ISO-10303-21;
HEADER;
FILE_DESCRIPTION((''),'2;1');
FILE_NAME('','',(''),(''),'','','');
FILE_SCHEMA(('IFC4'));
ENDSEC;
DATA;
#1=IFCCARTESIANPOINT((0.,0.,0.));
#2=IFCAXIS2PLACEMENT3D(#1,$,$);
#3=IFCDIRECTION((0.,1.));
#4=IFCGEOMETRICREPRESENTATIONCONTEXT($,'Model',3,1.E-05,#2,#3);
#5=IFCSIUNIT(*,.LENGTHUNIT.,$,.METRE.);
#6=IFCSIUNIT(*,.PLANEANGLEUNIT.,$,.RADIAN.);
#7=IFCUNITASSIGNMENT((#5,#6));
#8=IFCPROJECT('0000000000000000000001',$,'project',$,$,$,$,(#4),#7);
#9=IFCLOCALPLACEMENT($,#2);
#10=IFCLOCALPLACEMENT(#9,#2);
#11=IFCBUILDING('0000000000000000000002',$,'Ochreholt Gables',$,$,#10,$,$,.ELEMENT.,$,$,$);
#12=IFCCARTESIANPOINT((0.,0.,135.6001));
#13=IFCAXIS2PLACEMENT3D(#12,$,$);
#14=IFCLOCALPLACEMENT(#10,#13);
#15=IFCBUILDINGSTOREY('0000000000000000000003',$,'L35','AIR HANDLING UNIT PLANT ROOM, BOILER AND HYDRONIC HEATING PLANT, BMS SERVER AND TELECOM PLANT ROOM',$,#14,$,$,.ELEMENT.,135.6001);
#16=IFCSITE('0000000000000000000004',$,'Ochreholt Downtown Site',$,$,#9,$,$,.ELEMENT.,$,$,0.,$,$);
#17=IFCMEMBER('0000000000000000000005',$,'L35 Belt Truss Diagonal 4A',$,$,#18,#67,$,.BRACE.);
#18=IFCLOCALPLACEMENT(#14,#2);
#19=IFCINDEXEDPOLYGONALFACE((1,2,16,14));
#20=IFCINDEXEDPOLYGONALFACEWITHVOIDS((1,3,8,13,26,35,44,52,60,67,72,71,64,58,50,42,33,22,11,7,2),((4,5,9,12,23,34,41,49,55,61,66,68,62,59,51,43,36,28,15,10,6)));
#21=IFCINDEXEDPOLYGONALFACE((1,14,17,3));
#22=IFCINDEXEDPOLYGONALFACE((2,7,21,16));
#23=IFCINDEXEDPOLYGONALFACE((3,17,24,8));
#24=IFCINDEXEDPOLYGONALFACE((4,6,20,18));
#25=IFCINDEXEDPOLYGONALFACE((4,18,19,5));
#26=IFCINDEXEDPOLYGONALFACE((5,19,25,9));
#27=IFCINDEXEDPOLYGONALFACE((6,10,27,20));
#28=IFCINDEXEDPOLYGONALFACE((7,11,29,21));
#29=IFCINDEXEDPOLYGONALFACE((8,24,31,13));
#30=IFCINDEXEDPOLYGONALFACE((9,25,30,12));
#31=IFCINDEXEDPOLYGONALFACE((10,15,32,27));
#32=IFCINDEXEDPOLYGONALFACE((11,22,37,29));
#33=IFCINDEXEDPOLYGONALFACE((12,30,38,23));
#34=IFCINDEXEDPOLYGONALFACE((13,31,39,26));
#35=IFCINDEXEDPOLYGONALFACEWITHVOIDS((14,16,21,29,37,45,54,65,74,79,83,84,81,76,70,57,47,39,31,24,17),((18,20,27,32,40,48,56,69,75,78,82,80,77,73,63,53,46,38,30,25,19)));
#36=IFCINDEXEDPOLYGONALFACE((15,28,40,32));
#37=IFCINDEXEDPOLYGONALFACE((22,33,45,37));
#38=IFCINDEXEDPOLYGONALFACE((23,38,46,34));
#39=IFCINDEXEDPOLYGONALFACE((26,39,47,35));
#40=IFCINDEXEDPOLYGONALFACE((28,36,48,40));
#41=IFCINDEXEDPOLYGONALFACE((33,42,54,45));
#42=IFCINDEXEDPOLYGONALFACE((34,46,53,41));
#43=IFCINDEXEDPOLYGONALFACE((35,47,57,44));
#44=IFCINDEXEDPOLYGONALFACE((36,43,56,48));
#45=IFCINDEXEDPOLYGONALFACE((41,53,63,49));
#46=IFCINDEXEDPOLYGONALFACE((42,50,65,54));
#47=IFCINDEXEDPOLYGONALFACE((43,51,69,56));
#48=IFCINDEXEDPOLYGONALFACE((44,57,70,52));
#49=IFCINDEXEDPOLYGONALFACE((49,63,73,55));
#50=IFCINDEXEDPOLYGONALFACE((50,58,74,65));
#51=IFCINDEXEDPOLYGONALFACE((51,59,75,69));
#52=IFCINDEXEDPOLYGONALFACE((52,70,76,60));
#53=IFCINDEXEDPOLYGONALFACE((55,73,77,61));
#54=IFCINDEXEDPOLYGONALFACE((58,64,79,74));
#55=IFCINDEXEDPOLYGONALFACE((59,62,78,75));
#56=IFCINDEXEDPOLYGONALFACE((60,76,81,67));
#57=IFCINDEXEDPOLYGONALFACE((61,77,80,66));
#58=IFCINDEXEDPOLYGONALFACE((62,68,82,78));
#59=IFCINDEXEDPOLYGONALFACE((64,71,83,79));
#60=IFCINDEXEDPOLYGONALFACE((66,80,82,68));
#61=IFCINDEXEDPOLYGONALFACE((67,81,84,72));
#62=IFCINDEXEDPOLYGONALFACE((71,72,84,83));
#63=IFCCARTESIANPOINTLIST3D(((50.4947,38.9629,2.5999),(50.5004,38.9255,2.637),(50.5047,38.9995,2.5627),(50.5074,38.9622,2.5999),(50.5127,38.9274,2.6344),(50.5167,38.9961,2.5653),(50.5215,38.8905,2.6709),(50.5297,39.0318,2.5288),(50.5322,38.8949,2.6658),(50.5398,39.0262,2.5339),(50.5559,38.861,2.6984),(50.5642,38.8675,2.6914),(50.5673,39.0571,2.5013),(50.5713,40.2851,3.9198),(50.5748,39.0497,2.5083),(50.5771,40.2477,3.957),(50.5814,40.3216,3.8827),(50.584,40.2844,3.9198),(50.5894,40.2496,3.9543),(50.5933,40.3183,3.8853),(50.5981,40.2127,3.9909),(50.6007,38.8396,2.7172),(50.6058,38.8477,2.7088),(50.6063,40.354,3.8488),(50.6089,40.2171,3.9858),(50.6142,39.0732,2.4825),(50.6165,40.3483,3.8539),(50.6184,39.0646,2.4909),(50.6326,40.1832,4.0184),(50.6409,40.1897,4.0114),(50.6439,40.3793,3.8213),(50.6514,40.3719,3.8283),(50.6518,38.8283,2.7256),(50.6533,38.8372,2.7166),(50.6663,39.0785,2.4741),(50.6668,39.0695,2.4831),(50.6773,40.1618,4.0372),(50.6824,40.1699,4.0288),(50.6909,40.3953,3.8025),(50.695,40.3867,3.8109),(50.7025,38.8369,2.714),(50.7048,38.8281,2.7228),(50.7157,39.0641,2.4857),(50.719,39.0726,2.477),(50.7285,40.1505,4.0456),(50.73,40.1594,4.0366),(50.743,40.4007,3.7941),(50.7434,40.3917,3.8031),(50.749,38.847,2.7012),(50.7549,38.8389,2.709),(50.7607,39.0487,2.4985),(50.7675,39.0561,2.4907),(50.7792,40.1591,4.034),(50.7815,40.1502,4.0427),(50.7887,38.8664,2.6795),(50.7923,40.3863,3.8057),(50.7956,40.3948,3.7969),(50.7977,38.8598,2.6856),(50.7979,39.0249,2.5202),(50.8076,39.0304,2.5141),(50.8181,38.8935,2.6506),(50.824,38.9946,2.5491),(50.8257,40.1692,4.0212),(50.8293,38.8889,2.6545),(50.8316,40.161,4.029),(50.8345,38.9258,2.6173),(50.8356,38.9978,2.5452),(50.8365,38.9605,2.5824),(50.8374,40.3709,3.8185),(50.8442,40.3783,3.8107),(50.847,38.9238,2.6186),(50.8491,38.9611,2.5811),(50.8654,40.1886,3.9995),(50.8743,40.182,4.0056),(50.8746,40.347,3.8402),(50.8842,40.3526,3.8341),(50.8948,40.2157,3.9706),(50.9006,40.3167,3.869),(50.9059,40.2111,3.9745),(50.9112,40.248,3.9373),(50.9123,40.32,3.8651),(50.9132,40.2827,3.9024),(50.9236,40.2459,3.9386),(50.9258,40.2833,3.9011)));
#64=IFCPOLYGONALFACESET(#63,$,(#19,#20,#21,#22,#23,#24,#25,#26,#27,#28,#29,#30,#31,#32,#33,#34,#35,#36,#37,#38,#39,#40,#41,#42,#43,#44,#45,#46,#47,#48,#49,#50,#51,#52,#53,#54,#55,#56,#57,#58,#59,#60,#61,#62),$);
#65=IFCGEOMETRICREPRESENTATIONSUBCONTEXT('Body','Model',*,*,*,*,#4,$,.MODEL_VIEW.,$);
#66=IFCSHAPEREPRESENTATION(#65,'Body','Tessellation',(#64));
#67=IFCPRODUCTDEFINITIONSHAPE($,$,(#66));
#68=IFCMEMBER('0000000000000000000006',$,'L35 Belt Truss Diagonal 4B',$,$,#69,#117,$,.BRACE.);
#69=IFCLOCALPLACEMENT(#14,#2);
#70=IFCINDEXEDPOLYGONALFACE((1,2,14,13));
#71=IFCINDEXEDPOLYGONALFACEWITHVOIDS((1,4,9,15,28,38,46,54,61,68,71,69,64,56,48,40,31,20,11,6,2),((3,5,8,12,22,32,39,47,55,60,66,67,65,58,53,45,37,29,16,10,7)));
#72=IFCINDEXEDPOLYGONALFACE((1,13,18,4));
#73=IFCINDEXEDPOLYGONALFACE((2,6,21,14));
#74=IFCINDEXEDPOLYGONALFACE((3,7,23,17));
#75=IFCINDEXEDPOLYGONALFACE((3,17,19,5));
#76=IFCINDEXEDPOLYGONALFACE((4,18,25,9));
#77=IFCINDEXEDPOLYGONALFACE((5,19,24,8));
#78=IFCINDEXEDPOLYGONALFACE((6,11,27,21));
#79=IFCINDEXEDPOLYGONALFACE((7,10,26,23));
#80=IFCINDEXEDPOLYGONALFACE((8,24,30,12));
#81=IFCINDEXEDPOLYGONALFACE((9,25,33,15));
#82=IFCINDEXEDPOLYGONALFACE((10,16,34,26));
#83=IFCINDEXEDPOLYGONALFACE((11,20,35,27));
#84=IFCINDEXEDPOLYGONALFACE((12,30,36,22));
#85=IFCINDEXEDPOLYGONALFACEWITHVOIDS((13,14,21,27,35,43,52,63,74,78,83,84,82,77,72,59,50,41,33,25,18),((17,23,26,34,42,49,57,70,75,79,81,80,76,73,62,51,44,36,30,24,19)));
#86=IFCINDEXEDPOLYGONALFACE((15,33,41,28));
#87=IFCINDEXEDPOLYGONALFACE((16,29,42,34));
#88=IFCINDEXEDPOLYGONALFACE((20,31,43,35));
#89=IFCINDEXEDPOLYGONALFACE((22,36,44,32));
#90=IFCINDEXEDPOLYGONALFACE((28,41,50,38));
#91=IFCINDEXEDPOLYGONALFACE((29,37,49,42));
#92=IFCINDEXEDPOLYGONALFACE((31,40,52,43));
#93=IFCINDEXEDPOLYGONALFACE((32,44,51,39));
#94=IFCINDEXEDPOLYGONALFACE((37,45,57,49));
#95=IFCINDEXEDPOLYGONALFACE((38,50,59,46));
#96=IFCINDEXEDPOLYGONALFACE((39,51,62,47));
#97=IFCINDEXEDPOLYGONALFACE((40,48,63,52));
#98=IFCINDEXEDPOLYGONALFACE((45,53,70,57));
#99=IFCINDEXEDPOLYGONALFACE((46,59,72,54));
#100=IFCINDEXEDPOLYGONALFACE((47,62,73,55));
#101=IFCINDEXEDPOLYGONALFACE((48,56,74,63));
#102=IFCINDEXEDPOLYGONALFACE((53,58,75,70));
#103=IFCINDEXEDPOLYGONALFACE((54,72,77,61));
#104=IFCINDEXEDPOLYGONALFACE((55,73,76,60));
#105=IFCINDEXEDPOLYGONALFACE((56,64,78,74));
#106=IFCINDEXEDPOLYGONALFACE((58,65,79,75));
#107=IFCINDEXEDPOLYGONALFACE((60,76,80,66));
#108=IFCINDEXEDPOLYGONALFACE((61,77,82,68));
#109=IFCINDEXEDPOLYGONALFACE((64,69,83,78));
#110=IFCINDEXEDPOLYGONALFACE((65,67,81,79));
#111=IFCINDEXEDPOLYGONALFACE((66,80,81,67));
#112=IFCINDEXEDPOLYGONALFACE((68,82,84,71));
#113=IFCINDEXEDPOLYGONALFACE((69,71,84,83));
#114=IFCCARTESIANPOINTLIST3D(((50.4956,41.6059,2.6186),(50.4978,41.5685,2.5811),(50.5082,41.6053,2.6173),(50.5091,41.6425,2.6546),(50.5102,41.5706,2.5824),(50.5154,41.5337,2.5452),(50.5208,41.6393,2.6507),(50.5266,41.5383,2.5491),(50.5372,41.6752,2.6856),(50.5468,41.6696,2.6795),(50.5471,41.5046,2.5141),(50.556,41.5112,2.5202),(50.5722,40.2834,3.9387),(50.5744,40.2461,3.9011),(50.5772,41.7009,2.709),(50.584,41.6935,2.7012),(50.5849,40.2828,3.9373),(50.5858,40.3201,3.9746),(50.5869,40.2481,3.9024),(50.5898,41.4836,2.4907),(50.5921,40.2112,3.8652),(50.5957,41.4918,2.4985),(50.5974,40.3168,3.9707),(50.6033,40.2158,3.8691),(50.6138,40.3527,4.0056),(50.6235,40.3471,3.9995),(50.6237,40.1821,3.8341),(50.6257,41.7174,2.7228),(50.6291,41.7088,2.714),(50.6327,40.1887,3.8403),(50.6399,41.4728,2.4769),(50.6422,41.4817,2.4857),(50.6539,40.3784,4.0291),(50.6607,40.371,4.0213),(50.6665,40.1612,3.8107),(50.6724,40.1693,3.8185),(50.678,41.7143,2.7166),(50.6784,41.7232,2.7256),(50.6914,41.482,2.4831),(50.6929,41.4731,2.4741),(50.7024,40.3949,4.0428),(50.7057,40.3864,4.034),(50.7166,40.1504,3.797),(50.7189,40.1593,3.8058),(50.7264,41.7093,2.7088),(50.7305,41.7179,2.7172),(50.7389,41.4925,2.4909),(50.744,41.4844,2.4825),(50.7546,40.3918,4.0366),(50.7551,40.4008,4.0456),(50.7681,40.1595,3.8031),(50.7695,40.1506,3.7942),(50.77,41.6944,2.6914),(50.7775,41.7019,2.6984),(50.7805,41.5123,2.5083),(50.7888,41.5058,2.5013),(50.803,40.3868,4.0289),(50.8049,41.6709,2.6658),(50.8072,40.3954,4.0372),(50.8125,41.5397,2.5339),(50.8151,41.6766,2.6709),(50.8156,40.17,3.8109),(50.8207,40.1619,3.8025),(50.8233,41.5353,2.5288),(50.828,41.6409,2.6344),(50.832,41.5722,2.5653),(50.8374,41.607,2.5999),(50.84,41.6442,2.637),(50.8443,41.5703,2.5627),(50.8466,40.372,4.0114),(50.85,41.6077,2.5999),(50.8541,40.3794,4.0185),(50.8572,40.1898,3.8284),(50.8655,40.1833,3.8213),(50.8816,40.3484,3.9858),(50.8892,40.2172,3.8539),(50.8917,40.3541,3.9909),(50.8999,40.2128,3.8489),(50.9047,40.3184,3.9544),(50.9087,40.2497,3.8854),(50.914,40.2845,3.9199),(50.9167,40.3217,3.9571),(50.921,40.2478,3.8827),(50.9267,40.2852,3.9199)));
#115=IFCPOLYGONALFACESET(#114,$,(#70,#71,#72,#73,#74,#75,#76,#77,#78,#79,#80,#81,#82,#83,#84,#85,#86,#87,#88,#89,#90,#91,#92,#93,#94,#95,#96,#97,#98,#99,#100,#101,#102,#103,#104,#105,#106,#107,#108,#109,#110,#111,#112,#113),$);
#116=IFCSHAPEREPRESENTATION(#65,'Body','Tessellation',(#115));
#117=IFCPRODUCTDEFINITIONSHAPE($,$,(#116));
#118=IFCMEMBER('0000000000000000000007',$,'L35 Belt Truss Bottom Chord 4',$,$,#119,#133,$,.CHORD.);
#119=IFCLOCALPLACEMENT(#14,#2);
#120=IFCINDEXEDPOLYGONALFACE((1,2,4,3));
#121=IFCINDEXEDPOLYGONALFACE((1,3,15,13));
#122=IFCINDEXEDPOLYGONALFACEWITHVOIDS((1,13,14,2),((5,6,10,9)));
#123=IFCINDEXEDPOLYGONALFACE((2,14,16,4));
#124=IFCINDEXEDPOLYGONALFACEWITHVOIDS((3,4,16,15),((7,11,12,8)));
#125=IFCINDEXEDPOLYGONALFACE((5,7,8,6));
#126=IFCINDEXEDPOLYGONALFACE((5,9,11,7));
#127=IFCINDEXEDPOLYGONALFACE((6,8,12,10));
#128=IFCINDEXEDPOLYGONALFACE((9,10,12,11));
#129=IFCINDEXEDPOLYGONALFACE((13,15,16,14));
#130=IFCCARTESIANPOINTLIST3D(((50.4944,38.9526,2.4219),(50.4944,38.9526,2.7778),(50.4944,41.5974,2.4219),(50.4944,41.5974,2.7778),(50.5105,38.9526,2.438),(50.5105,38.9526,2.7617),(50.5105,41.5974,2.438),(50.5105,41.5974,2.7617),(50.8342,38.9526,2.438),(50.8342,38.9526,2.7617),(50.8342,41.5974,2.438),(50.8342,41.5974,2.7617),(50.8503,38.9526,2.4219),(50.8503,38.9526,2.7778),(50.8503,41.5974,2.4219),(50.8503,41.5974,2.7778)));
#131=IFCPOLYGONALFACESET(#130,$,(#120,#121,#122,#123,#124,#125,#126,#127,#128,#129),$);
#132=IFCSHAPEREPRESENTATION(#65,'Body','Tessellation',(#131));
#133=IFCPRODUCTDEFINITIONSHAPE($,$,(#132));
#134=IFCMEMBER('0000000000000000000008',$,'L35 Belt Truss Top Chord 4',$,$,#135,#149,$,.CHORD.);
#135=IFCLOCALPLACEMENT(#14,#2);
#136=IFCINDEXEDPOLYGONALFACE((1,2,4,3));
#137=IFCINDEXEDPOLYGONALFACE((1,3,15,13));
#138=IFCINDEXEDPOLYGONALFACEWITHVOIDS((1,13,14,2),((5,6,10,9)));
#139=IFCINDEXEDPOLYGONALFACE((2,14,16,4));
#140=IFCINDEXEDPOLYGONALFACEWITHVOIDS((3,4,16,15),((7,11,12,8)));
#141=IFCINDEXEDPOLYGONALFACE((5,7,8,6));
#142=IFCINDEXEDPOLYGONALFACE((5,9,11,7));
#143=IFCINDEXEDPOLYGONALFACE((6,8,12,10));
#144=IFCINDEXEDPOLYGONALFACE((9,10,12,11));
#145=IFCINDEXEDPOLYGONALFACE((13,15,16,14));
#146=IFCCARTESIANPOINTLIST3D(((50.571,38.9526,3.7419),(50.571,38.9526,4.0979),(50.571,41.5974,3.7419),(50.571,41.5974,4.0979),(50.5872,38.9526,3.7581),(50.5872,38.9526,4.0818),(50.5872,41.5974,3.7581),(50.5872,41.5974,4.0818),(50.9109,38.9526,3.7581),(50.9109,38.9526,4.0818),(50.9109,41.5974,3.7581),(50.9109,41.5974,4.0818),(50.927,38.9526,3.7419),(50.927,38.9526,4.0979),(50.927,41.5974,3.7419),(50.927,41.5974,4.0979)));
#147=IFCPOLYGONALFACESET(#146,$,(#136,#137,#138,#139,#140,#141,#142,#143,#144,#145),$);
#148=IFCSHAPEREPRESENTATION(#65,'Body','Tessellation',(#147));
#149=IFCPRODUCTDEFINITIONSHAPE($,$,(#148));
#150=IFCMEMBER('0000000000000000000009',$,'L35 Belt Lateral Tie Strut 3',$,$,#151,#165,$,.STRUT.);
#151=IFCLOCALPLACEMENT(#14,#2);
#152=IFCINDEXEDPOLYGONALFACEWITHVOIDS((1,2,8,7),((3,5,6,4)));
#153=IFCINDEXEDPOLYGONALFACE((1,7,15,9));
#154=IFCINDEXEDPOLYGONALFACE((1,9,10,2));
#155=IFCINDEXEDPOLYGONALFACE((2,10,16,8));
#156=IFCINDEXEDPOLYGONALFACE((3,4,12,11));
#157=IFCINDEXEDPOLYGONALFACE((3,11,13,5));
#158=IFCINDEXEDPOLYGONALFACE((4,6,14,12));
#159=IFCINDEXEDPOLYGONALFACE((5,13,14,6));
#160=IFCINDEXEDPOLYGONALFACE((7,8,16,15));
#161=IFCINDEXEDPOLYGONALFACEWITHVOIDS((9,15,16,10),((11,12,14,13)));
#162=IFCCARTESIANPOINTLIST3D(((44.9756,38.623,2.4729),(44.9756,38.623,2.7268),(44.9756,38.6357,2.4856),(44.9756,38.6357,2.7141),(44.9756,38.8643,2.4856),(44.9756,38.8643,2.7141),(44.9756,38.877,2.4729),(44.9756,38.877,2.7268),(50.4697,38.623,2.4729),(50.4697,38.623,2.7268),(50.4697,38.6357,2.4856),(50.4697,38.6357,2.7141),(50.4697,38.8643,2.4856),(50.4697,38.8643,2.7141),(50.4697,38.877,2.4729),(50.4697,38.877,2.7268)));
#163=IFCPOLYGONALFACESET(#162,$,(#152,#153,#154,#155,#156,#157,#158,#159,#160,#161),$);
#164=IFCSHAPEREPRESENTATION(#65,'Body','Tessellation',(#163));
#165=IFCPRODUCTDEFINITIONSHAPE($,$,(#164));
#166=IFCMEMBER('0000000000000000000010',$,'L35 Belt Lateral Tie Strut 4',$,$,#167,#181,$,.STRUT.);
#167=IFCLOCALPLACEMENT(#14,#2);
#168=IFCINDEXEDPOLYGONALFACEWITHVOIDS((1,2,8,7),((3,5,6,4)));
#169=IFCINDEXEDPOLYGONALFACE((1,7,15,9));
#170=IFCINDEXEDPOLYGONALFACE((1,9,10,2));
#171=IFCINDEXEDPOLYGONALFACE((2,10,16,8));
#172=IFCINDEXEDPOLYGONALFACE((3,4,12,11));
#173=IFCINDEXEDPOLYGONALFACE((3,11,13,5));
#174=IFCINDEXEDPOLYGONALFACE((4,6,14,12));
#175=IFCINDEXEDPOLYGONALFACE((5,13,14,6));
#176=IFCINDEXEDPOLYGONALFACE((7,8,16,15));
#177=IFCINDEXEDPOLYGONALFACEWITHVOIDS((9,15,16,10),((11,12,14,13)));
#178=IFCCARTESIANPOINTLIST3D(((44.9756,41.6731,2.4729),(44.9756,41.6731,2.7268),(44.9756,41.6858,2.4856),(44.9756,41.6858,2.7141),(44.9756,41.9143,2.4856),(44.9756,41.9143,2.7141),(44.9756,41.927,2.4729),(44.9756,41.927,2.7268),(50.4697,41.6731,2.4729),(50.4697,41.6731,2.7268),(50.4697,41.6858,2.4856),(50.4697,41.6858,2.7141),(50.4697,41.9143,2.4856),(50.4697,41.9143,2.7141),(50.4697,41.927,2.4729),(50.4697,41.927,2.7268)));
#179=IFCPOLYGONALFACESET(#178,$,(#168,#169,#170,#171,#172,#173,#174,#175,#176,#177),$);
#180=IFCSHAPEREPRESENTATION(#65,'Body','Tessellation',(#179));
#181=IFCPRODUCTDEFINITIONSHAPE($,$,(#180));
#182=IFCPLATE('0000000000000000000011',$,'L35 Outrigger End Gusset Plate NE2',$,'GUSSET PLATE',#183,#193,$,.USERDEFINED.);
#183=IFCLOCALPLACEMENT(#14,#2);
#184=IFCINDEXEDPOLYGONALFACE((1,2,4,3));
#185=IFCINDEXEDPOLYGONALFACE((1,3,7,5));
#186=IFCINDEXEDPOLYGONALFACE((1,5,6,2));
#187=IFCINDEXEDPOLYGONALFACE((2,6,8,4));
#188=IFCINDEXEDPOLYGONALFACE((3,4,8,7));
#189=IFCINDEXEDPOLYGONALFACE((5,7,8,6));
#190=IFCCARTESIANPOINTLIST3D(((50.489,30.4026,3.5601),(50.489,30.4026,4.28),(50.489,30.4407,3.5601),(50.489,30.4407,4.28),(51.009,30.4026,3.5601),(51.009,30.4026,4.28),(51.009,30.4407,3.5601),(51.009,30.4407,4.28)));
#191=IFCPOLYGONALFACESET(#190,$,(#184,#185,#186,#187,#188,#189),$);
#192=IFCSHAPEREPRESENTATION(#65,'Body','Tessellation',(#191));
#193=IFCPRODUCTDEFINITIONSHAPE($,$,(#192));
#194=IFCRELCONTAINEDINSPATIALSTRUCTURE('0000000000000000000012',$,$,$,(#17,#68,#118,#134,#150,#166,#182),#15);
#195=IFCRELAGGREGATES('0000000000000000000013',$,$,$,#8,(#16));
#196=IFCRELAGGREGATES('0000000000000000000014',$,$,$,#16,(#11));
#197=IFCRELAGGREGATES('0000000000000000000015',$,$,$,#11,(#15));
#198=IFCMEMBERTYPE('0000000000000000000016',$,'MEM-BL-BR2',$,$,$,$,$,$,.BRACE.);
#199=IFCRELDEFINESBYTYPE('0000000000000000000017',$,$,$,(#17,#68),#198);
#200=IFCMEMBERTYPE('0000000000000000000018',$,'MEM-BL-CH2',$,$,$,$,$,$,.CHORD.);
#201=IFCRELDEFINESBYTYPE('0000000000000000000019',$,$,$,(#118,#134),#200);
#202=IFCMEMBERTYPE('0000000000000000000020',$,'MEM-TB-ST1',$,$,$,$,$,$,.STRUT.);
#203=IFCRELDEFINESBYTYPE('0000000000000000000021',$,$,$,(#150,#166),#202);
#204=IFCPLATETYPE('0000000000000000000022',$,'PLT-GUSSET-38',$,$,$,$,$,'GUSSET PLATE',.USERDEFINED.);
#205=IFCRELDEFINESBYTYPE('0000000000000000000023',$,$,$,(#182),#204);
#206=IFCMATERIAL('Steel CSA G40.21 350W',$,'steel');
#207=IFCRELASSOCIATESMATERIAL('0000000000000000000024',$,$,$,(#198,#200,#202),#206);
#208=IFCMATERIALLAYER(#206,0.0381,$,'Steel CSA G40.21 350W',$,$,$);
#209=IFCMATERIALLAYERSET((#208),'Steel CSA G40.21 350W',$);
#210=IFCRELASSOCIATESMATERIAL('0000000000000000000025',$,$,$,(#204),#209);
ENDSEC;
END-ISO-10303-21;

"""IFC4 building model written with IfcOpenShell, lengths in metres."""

from ifc_helpers import new_model, si_unit, direction, frame, origin, origin_2d, place, context, subcontext, project, spatial, rectangle, hollow_rectangle, hollow_circle, extrude, material, layer, layer_set, material_profile, profile_set, type_object, element, save


model = new_model("IFC4")

# Units and contexts
model_context = context("Model", 3, precision=1e-05, world=origin(), true_north=direction((0.0, 1.0)))
body_context = subcontext(model_context, "Body", "Model", "MODEL_VIEW")
ifc_project = project(units=[si_unit("LENGTHUNIT", "METRE"), si_unit("PLANEANGLEUNIT", "RADIAN")], contexts=[model_context])

# Site, building, storey
site_placement = place(None, origin())
site = spatial("IfcSite", under=ifc_project, at=site_placement, Name="Ochreholt Downtown Site", CompositionType="ELEMENT", RefElevation=0.0)
building_placement = place(site_placement, origin())
building = spatial("IfcBuilding", under=site, at=building_placement, Name="Ochreholt Gables", CompositionType="ELEMENT")
storey_placement = place(building_placement, frame((0.0, 0.0, 135.6001)))
storey = spatial("IfcBuildingStorey", under=building, at=storey_placement, Name="L35", Description="AIR HANDLING UNIT PLANT ROOM, BOILER AND HYDRONIC HEATING PLANT, BMS SERVER AND TELECOM PLANT ROOM", CompositionType="ELEMENT", Elevation=135.6001)

# Shared definitions
ifc_material_1 = material(Name="Steel CSA G40.21 350W", Category="steel")

# Members
ifc_material_profile_1 = material_profile(ifc_material_1, hollow_circle(Radius=0.178, WallThickness=0.0127, at=origin_2d()), Name="CHS356X13")
ifc_profile_set_1 = profile_set([ifc_material_profile_1], Name="Steel CSA G40.21 350W")
member_type_1 = type_object("IfcMemberType", Name="MEM-BL-BR2", PredefinedType="BRACE", material=ifc_profile_set_1)
member_1_placement = place(storey_placement, frame((50.6724, 38.9526, 2.5999), z_axis=(0.040995, 0.7071, 0.705925), x_axis=(-0.998324, 0.057879, 0.0)))
element("IfcMember", 1, at=member_1_placement, inside=storey, type_object=member_type_1, Name="L35 Belt Truss Diagonal 4A", PredefinedType="BRACE", context=body_context, shape_type="SweptSolid", body=[
    extrude(hollow_circle(Radius=0.178, WallThickness=0.0127, at=origin_2d()), origin(), (0.0, 0.0, 1.0), 1.8699),
])
member_2_placement = place(storey_placement, frame((50.6724, 41.5974, 2.5999), z_axis=(0.040991, -0.707165, 0.705859), x_axis=(0.998324, 0.057869, 0.0)))
element("IfcMember", 2, at=member_2_placement, inside=storey, type_object=member_type_1, Name="L35 Belt Truss Diagonal 4B", PredefinedType="BRACE", context=body_context, shape_type="SweptSolid", body=[
    extrude(hollow_circle(Radius=0.178, WallThickness=0.0127, at=origin_2d()), origin(), (0.0, 0.0, 1.0), 1.8701),
])
ifc_material_profile_2 = material_profile(ifc_material_1, hollow_rectangle(XDim=0.356, YDim=0.356, WallThickness=0.0161, at=origin_2d()), Name="HSS356X356X16")
ifc_profile_set_2 = profile_set([ifc_material_profile_2], Name="Steel CSA G40.21 350W")
member_type_2 = type_object("IfcMemberType", Name="MEM-BL-CH2", PredefinedType="CHORD", material=ifc_profile_set_2)
for number, where, z_axis, x_axis, name in (
    (3, (50.6724, 38.9526, 2.5999), (0.0, 1.0, 0.0), (-1.0, 0.0, 0.0), "L35 Belt Truss Bottom Chord 4"),
    (4, (50.749, 38.9526, 3.9199), (0.0, 1.0, 0.0), (-1.0, 0.0, 0.0), "L35 Belt Truss Top Chord 4"),
):
    element("IfcMember", number, at=place(storey_placement, frame(where, z_axis=z_axis, x_axis=x_axis)), inside=storey, type_object=member_type_2, Name=name, PredefinedType="CHORD", context=body_context, shape_type="SweptSolid", body=[
        extrude(hollow_rectangle(XDim=0.356, YDim=0.356, WallThickness=0.0161, at=origin_2d()), origin(), (0.0, 0.0, 1.0), 2.6448),
    ])
ifc_material_profile_3 = material_profile(ifc_material_1, hollow_rectangle(XDim=0.2539, YDim=0.2539, WallThickness=0.0127, at=origin_2d()), Name="HSS254X254X13")
ifc_profile_set_3 = profile_set([ifc_material_profile_3], Name="Steel CSA G40.21 350W")
member_type_3 = type_object("IfcMemberType", Name="MEM-TB-ST1", PredefinedType="STRUT", material=ifc_profile_set_3)
for number, where, z_axis, x_axis, name in (
    (5, (44.9756, 38.75, 2.5999), (1.0, 0.0, 0.0), (0.0, 1.0, 0.0), "L35 Belt Lateral Tie Strut 3"),
    (6, (44.9756, 41.8, 2.5999), (1.0, 0.0, 0.0), (0.0, 1.0, 0.0), "L35 Belt Lateral Tie Strut 4"),
):
    element("IfcMember", number, at=place(storey_placement, frame(where, z_axis=z_axis, x_axis=x_axis)), inside=storey, type_object=member_type_3, Name=name, PredefinedType="STRUT", context=body_context, shape_type="SweptSolid", body=[
        extrude(hollow_rectangle(XDim=0.2539, YDim=0.2539, WallThickness=0.0127, at=origin_2d()), origin(), (0.0, 0.0, 1.0), 5.4941),
    ])

# Plate
ifc_layer_1 = layer(ifc_material_1, 0.0381, Name="Steel CSA G40.21 350W")
ifc_layer_set_1 = layer_set([ifc_layer_1], Name="Steel CSA G40.21 350W")
plate_type = type_object("IfcPlateType", Name="PLT-GUSSET-38", ElementType="GUSSET PLATE", PredefinedType="USERDEFINED", material=ifc_layer_set_1)
plate_placement = place(storey_placement, frame((50.749, 30.4216, 3.5601), z_axis=(0.0, 0.0, 1.0), x_axis=(1.0, 0.0, 0.0)))
element("IfcPlate", 7, at=plate_placement, inside=storey, type_object=plate_type, Name="L35 Outrigger End Gusset Plate NE2", ObjectType="GUSSET PLATE", PredefinedType="USERDEFINED", context=body_context, shape_type="SweptSolid", body=[
    extrude(rectangle(XDim=0.52, YDim=0.0381, at=origin_2d()), origin(), (0.0, 0.0, 1.0), 0.72),
])

save(model, "model.ifc")
